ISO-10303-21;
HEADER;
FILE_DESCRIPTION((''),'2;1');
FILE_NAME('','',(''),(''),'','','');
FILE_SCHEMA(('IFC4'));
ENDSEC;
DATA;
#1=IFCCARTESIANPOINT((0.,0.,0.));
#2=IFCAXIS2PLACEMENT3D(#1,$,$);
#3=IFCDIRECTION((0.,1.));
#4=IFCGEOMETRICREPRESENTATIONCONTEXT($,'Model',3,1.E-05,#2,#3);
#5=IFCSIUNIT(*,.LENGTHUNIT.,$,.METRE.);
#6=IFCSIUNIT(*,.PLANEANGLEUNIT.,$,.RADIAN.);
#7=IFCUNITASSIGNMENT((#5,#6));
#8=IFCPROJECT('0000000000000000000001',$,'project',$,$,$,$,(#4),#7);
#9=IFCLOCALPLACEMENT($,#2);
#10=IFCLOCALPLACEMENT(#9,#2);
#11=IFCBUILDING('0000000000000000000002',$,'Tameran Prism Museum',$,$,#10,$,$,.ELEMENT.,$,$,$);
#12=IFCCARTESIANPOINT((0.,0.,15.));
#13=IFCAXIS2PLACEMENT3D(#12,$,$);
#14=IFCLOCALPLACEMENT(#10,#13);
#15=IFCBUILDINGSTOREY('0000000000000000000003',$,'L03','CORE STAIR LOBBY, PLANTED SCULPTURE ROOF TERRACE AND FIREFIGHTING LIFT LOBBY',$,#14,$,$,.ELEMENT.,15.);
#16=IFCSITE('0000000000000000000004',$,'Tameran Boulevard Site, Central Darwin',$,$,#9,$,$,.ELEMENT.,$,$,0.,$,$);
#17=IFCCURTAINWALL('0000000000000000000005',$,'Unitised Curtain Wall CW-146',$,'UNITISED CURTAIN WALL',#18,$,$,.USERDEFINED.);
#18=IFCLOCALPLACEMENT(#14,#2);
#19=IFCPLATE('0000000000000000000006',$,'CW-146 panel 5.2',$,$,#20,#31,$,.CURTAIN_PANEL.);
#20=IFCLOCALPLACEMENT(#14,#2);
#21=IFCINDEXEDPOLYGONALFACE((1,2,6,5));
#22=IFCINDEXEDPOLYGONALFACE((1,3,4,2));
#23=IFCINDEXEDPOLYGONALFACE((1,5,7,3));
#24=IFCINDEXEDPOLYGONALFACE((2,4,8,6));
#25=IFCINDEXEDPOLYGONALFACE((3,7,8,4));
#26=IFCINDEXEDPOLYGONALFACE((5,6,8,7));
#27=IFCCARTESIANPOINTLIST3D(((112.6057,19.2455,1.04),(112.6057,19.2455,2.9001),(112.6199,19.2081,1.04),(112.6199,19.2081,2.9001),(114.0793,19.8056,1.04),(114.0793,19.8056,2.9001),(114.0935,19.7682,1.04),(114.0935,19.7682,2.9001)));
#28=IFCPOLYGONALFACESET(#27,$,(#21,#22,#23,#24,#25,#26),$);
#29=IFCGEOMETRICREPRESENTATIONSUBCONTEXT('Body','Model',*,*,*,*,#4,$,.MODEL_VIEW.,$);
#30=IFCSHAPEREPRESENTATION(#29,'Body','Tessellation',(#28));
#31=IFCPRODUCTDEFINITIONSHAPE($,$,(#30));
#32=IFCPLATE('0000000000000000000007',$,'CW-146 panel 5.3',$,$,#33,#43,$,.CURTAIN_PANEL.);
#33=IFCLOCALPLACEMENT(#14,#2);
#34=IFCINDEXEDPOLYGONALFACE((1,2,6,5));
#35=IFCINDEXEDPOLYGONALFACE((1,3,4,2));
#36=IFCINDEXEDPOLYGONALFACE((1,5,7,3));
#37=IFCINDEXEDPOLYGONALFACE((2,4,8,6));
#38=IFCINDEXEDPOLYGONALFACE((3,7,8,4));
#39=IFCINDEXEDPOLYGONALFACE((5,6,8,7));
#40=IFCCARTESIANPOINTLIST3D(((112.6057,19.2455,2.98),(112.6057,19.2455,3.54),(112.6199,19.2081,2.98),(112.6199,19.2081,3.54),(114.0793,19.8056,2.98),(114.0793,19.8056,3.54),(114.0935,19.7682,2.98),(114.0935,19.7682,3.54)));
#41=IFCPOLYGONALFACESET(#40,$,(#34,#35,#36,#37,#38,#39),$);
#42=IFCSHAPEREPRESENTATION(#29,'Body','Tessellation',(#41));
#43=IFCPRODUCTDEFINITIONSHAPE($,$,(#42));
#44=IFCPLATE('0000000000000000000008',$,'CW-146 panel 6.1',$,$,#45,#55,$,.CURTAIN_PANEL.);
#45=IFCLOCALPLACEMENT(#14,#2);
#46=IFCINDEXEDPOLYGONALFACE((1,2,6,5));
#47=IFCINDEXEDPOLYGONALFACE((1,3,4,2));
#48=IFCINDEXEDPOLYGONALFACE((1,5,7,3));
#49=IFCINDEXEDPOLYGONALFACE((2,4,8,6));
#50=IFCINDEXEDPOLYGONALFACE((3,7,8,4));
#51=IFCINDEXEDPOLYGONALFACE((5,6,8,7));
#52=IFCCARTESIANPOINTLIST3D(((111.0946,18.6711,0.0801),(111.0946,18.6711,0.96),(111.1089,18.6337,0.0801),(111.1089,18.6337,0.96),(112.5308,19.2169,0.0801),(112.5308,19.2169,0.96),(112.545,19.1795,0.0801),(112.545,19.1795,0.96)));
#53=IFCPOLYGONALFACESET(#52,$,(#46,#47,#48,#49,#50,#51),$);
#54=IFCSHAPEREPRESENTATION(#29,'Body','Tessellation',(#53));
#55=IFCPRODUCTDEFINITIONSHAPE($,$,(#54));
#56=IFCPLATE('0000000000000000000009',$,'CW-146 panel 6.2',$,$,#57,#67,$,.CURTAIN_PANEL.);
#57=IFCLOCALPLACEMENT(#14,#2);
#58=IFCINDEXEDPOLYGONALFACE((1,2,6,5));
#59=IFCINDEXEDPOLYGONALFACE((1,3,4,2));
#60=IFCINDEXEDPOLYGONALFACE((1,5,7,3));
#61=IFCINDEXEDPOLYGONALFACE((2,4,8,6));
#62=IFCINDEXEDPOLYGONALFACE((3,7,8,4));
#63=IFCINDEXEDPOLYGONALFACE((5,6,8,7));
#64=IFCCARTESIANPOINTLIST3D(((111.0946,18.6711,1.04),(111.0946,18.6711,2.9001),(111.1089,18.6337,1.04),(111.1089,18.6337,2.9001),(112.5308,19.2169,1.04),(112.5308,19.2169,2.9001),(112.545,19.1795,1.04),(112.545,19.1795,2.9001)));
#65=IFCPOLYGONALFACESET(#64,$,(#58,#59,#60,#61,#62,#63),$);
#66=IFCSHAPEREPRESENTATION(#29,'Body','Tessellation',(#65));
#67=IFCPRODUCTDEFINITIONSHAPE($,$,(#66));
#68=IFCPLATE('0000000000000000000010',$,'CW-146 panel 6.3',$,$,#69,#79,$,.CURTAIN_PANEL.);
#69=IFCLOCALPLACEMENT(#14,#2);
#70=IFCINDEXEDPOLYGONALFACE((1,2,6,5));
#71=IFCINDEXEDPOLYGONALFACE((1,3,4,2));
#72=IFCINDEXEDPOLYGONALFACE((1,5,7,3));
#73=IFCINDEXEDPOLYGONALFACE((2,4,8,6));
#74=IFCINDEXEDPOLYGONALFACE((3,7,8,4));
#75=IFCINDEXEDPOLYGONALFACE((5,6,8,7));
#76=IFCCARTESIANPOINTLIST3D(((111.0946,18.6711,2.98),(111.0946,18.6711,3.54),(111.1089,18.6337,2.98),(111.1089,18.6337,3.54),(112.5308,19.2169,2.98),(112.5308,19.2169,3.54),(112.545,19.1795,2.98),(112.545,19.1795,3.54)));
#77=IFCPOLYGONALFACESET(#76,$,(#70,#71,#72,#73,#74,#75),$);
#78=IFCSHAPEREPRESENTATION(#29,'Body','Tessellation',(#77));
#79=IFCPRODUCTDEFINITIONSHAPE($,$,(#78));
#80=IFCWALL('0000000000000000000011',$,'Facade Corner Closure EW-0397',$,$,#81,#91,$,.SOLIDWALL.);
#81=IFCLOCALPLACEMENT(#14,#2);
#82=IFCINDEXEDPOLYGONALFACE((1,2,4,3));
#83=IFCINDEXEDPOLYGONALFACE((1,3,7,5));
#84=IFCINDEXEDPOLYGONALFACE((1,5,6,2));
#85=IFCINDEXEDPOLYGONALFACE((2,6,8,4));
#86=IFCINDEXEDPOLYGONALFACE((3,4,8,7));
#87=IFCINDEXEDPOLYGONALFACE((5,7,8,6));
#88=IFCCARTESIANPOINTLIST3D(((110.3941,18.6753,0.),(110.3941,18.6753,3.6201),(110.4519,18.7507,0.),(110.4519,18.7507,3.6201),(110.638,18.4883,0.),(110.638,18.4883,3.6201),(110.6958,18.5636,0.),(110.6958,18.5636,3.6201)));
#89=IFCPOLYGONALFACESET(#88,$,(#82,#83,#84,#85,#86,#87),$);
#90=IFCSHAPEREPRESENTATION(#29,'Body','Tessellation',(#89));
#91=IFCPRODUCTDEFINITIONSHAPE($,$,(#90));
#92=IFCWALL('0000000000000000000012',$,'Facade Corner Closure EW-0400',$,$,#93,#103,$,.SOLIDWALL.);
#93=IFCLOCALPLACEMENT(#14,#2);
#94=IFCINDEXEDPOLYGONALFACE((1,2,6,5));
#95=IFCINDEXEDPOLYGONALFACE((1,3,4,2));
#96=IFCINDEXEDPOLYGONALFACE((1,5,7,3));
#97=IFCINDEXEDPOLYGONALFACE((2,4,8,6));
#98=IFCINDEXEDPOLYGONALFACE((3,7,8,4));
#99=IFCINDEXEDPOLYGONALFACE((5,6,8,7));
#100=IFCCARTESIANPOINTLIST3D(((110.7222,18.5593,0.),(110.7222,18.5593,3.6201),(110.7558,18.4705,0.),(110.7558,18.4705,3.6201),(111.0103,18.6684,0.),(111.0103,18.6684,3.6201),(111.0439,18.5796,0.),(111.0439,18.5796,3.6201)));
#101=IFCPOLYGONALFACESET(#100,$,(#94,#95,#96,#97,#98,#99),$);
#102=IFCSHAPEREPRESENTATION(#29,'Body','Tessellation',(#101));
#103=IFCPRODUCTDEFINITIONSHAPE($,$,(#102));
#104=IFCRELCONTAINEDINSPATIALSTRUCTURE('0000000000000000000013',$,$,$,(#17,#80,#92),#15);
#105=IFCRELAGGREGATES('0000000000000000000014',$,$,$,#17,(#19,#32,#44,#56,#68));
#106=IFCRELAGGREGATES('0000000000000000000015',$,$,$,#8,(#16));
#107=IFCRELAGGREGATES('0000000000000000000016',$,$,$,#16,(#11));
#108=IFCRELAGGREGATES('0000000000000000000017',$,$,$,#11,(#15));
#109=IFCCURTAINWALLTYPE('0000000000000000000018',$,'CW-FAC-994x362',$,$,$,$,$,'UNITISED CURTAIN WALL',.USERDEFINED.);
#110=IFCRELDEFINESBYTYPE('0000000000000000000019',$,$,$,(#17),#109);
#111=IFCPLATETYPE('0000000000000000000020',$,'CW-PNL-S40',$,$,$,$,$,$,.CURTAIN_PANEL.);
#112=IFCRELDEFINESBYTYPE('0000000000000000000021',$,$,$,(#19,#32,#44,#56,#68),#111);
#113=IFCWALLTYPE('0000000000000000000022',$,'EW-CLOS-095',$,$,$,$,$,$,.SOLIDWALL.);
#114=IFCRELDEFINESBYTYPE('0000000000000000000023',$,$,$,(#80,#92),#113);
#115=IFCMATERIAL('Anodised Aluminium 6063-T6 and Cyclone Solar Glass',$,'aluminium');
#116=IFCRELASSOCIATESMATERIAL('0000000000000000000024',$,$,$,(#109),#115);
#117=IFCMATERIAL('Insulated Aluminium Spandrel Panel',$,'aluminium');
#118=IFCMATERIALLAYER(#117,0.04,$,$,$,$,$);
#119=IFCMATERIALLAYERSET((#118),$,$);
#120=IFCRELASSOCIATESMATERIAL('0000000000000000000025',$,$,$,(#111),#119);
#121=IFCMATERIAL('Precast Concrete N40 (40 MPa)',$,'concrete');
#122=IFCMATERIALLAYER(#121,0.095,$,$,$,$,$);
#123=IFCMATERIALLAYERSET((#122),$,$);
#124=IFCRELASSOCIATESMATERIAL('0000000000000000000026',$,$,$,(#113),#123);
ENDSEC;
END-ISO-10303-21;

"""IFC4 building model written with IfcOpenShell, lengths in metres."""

from ifc_helpers import new_model, si_unit, direction, frame, frame_2d, origin, origin_2d, place, context, subcontext, project, spatial, rectangle, extrude, material, layer, layer_set, type_object, element, aggregate, save


model = new_model("IFC4")

# Units and contexts
model_context = context("Model", 3, precision=1e-05, world=origin(), true_north=direction((0.0, 1.0)))
body_context = subcontext(model_context, "Body", "Model", "MODEL_VIEW")
ifc_project = project(units=[si_unit("LENGTHUNIT", "METRE"), si_unit("PLANEANGLEUNIT", "RADIAN")], contexts=[model_context])

# Site, building, storey
site_placement = place(None, origin())
site = spatial("IfcSite", under=ifc_project, at=site_placement, Name="Tameran Boulevard Site, Central Darwin", CompositionType="ELEMENT", RefElevation=0.0)
building_placement = place(site_placement, origin())
building = spatial("IfcBuilding", under=site, at=building_placement, Name="Tameran Prism Museum", CompositionType="ELEMENT")
storey_placement = place(building_placement, frame((0.0, 0.0, 15.0)))
storey = spatial("IfcBuildingStorey", under=building, at=storey_placement, Name="L03", Description="CORE STAIR LOBBY, PLANTED SCULPTURE ROOF TERRACE AND FIREFIGHTING LIFT LOBBY", CompositionType="ELEMENT", Elevation=15.0)

# Curtain wall
ifc_material_1 = material(Name="Anodised Aluminium 6063-T6 and Cyclone Solar Glass", Category="aluminium")
curtain_wall_type_1 = type_object("IfcCurtainWallType", Name="CW-FAC-994x362", ElementType="UNITISED CURTAIN WALL", PredefinedType="USERDEFINED", material=ifc_material_1)
curtain_wall_1_placement = place(storey_placement, origin())
curtain_wall_1 = element("IfcCurtainWall", 1, at=curtain_wall_1_placement, inside=storey, type_object=curtain_wall_type_1, Name="Unitised Curtain Wall CW-146", ObjectType="UNITISED CURTAIN WALL", PredefinedType="USERDEFINED")

# Plates
ifc_material_2 = material(Name="Insulated Aluminium Spandrel Panel", Category="aluminium")
ifc_layer_1 = layer(ifc_material_2, 0.04)
ifc_layer_set_1 = layer_set([ifc_layer_1])
plate_type_1 = type_object("IfcPlateType", Name="CW-PNL-S40", PredefinedType="CURTAIN_PANEL", material=ifc_layer_set_1)
plate_1_placement = place(storey_placement, frame((113.3496, 19.5068, 1.04), z_axis=(0.0, 0.0, 1.0), x_axis=(-0.934757, -0.355288, 0.0)))
plate_1 = element("IfcPlate", 2, at=plate_1_placement, type_object=plate_type_1, Name="CW-146 panel 5.2", PredefinedType="CURTAIN_PANEL", context=body_context, shape_type="SweptSolid", body=[
    extrude(rectangle(XDim=1.5764, YDim=0.04, at=origin_2d()), origin(), (0.0, 0.0, 1.0), 1.8601),
])
plate_2_placement = place(storey_placement, frame((113.3496, 19.5068, 2.98), z_axis=(0.0, 0.0, 1.0), x_axis=(-0.934757, -0.355288, 0.0)))
plate_2 = element("IfcPlate", 3, at=plate_2_placement, type_object=plate_type_1, Name="CW-146 panel 5.3", PredefinedType="CURTAIN_PANEL", context=body_context, shape_type="SweptSolid", body=[
    extrude(rectangle(XDim=1.5764, YDim=0.04, at=origin_2d()), origin(), (0.0, 0.0, 1.0), 0.5601),
])
plate_3_placement = place(storey_placement, frame((111.8198, 18.9253, 0.0801), z_axis=(0.0, 0.0, 1.0), x_axis=(-0.934757, -0.355288, 0.0)))
plate_3 = element("IfcPlate", 4, at=plate_3_placement, type_object=plate_type_1, Name="CW-146 panel 6.1", PredefinedType="CURTAIN_PANEL", context=body_context, shape_type="SweptSolid", body=[
    extrude(rectangle(XDim=1.5364, YDim=0.04, at=origin_2d()), origin(), (0.0, 0.0, 1.0), 0.8799),
])
plate_4_placement = place(storey_placement, frame((111.8198, 18.9253, 1.04), z_axis=(0.0, 0.0, 1.0), x_axis=(-0.934757, -0.355288, 0.0)))
plate_4 = element("IfcPlate", 5, at=plate_4_placement, type_object=plate_type_1, Name="CW-146 panel 6.2", PredefinedType="CURTAIN_PANEL", context=body_context, shape_type="SweptSolid", body=[
    extrude(rectangle(XDim=1.5364, YDim=0.04, at=origin_2d()), origin(), (0.0, 0.0, 1.0), 1.8601),
])
plate_5_placement = place(storey_placement, frame((111.8198, 18.9253, 2.98), z_axis=(0.0, 0.0, 1.0), x_axis=(-0.934757, -0.355288, 0.0)))
plate_5 = element("IfcPlate", 6, at=plate_5_placement, type_object=plate_type_1, Name="CW-146 panel 6.3", PredefinedType="CURTAIN_PANEL", context=body_context, shape_type="SweptSolid", body=[
    extrude(rectangle(XDim=1.5364, YDim=0.04, at=origin_2d()), origin(), (0.0, 0.0, 1.0), 0.5601),
])
aggregate(curtain_wall_1, [plate_1, plate_2, plate_3, plate_4, plate_5])

# Walls
ifc_material_3 = material(Name="Precast Concrete N40 (40 MPa)", Category="concrete")
ifc_layer_2 = layer(ifc_material_3, 0.095)
ifc_layer_set_2 = layer_set([ifc_layer_2])
wall_type = type_object("IfcWallType", Name="EW-CLOS-095", PredefinedType="SOLIDWALL", material=ifc_layer_set_2)
wall_1_placement = place(storey_placement, frame((110.667, 18.5259, 0.0), z_axis=(0.0, 0.0, 1.0), x_axis=(-0.793568, 0.608482, 0.0)))
element("IfcWall", 7, at=wall_1_placement, inside=storey, type_object=wall_type, Name="Facade Corner Closure EW-0397", PredefinedType="SOLIDWALL", context=body_context, shape_type="SweptSolid", body=[
    extrude(rectangle(XDim=0.3074, YDim=0.095, at=frame_2d((0.1538, 0.0))), origin(), (0.0, 0.0, 1.0), 3.6201),
])
wall_2_placement = place(storey_placement, frame((111.0271, 18.624, 0.0), z_axis=(0.0, 0.0, 1.0), x_axis=(-0.935151, -0.354248, 0.0)))
element("IfcWall", 8, at=wall_2_placement, inside=storey, type_object=wall_type, Name="Facade Corner Closure EW-0400", PredefinedType="SOLIDWALL", context=body_context, shape_type="SweptSolid", body=[
    extrude(rectangle(XDim=0.3081, YDim=0.095, at=frame_2d((0.1541, 0.0))), origin(), (0.0, 0.0, 1.0), 3.6201),
])

save(model, "model.ifc")
